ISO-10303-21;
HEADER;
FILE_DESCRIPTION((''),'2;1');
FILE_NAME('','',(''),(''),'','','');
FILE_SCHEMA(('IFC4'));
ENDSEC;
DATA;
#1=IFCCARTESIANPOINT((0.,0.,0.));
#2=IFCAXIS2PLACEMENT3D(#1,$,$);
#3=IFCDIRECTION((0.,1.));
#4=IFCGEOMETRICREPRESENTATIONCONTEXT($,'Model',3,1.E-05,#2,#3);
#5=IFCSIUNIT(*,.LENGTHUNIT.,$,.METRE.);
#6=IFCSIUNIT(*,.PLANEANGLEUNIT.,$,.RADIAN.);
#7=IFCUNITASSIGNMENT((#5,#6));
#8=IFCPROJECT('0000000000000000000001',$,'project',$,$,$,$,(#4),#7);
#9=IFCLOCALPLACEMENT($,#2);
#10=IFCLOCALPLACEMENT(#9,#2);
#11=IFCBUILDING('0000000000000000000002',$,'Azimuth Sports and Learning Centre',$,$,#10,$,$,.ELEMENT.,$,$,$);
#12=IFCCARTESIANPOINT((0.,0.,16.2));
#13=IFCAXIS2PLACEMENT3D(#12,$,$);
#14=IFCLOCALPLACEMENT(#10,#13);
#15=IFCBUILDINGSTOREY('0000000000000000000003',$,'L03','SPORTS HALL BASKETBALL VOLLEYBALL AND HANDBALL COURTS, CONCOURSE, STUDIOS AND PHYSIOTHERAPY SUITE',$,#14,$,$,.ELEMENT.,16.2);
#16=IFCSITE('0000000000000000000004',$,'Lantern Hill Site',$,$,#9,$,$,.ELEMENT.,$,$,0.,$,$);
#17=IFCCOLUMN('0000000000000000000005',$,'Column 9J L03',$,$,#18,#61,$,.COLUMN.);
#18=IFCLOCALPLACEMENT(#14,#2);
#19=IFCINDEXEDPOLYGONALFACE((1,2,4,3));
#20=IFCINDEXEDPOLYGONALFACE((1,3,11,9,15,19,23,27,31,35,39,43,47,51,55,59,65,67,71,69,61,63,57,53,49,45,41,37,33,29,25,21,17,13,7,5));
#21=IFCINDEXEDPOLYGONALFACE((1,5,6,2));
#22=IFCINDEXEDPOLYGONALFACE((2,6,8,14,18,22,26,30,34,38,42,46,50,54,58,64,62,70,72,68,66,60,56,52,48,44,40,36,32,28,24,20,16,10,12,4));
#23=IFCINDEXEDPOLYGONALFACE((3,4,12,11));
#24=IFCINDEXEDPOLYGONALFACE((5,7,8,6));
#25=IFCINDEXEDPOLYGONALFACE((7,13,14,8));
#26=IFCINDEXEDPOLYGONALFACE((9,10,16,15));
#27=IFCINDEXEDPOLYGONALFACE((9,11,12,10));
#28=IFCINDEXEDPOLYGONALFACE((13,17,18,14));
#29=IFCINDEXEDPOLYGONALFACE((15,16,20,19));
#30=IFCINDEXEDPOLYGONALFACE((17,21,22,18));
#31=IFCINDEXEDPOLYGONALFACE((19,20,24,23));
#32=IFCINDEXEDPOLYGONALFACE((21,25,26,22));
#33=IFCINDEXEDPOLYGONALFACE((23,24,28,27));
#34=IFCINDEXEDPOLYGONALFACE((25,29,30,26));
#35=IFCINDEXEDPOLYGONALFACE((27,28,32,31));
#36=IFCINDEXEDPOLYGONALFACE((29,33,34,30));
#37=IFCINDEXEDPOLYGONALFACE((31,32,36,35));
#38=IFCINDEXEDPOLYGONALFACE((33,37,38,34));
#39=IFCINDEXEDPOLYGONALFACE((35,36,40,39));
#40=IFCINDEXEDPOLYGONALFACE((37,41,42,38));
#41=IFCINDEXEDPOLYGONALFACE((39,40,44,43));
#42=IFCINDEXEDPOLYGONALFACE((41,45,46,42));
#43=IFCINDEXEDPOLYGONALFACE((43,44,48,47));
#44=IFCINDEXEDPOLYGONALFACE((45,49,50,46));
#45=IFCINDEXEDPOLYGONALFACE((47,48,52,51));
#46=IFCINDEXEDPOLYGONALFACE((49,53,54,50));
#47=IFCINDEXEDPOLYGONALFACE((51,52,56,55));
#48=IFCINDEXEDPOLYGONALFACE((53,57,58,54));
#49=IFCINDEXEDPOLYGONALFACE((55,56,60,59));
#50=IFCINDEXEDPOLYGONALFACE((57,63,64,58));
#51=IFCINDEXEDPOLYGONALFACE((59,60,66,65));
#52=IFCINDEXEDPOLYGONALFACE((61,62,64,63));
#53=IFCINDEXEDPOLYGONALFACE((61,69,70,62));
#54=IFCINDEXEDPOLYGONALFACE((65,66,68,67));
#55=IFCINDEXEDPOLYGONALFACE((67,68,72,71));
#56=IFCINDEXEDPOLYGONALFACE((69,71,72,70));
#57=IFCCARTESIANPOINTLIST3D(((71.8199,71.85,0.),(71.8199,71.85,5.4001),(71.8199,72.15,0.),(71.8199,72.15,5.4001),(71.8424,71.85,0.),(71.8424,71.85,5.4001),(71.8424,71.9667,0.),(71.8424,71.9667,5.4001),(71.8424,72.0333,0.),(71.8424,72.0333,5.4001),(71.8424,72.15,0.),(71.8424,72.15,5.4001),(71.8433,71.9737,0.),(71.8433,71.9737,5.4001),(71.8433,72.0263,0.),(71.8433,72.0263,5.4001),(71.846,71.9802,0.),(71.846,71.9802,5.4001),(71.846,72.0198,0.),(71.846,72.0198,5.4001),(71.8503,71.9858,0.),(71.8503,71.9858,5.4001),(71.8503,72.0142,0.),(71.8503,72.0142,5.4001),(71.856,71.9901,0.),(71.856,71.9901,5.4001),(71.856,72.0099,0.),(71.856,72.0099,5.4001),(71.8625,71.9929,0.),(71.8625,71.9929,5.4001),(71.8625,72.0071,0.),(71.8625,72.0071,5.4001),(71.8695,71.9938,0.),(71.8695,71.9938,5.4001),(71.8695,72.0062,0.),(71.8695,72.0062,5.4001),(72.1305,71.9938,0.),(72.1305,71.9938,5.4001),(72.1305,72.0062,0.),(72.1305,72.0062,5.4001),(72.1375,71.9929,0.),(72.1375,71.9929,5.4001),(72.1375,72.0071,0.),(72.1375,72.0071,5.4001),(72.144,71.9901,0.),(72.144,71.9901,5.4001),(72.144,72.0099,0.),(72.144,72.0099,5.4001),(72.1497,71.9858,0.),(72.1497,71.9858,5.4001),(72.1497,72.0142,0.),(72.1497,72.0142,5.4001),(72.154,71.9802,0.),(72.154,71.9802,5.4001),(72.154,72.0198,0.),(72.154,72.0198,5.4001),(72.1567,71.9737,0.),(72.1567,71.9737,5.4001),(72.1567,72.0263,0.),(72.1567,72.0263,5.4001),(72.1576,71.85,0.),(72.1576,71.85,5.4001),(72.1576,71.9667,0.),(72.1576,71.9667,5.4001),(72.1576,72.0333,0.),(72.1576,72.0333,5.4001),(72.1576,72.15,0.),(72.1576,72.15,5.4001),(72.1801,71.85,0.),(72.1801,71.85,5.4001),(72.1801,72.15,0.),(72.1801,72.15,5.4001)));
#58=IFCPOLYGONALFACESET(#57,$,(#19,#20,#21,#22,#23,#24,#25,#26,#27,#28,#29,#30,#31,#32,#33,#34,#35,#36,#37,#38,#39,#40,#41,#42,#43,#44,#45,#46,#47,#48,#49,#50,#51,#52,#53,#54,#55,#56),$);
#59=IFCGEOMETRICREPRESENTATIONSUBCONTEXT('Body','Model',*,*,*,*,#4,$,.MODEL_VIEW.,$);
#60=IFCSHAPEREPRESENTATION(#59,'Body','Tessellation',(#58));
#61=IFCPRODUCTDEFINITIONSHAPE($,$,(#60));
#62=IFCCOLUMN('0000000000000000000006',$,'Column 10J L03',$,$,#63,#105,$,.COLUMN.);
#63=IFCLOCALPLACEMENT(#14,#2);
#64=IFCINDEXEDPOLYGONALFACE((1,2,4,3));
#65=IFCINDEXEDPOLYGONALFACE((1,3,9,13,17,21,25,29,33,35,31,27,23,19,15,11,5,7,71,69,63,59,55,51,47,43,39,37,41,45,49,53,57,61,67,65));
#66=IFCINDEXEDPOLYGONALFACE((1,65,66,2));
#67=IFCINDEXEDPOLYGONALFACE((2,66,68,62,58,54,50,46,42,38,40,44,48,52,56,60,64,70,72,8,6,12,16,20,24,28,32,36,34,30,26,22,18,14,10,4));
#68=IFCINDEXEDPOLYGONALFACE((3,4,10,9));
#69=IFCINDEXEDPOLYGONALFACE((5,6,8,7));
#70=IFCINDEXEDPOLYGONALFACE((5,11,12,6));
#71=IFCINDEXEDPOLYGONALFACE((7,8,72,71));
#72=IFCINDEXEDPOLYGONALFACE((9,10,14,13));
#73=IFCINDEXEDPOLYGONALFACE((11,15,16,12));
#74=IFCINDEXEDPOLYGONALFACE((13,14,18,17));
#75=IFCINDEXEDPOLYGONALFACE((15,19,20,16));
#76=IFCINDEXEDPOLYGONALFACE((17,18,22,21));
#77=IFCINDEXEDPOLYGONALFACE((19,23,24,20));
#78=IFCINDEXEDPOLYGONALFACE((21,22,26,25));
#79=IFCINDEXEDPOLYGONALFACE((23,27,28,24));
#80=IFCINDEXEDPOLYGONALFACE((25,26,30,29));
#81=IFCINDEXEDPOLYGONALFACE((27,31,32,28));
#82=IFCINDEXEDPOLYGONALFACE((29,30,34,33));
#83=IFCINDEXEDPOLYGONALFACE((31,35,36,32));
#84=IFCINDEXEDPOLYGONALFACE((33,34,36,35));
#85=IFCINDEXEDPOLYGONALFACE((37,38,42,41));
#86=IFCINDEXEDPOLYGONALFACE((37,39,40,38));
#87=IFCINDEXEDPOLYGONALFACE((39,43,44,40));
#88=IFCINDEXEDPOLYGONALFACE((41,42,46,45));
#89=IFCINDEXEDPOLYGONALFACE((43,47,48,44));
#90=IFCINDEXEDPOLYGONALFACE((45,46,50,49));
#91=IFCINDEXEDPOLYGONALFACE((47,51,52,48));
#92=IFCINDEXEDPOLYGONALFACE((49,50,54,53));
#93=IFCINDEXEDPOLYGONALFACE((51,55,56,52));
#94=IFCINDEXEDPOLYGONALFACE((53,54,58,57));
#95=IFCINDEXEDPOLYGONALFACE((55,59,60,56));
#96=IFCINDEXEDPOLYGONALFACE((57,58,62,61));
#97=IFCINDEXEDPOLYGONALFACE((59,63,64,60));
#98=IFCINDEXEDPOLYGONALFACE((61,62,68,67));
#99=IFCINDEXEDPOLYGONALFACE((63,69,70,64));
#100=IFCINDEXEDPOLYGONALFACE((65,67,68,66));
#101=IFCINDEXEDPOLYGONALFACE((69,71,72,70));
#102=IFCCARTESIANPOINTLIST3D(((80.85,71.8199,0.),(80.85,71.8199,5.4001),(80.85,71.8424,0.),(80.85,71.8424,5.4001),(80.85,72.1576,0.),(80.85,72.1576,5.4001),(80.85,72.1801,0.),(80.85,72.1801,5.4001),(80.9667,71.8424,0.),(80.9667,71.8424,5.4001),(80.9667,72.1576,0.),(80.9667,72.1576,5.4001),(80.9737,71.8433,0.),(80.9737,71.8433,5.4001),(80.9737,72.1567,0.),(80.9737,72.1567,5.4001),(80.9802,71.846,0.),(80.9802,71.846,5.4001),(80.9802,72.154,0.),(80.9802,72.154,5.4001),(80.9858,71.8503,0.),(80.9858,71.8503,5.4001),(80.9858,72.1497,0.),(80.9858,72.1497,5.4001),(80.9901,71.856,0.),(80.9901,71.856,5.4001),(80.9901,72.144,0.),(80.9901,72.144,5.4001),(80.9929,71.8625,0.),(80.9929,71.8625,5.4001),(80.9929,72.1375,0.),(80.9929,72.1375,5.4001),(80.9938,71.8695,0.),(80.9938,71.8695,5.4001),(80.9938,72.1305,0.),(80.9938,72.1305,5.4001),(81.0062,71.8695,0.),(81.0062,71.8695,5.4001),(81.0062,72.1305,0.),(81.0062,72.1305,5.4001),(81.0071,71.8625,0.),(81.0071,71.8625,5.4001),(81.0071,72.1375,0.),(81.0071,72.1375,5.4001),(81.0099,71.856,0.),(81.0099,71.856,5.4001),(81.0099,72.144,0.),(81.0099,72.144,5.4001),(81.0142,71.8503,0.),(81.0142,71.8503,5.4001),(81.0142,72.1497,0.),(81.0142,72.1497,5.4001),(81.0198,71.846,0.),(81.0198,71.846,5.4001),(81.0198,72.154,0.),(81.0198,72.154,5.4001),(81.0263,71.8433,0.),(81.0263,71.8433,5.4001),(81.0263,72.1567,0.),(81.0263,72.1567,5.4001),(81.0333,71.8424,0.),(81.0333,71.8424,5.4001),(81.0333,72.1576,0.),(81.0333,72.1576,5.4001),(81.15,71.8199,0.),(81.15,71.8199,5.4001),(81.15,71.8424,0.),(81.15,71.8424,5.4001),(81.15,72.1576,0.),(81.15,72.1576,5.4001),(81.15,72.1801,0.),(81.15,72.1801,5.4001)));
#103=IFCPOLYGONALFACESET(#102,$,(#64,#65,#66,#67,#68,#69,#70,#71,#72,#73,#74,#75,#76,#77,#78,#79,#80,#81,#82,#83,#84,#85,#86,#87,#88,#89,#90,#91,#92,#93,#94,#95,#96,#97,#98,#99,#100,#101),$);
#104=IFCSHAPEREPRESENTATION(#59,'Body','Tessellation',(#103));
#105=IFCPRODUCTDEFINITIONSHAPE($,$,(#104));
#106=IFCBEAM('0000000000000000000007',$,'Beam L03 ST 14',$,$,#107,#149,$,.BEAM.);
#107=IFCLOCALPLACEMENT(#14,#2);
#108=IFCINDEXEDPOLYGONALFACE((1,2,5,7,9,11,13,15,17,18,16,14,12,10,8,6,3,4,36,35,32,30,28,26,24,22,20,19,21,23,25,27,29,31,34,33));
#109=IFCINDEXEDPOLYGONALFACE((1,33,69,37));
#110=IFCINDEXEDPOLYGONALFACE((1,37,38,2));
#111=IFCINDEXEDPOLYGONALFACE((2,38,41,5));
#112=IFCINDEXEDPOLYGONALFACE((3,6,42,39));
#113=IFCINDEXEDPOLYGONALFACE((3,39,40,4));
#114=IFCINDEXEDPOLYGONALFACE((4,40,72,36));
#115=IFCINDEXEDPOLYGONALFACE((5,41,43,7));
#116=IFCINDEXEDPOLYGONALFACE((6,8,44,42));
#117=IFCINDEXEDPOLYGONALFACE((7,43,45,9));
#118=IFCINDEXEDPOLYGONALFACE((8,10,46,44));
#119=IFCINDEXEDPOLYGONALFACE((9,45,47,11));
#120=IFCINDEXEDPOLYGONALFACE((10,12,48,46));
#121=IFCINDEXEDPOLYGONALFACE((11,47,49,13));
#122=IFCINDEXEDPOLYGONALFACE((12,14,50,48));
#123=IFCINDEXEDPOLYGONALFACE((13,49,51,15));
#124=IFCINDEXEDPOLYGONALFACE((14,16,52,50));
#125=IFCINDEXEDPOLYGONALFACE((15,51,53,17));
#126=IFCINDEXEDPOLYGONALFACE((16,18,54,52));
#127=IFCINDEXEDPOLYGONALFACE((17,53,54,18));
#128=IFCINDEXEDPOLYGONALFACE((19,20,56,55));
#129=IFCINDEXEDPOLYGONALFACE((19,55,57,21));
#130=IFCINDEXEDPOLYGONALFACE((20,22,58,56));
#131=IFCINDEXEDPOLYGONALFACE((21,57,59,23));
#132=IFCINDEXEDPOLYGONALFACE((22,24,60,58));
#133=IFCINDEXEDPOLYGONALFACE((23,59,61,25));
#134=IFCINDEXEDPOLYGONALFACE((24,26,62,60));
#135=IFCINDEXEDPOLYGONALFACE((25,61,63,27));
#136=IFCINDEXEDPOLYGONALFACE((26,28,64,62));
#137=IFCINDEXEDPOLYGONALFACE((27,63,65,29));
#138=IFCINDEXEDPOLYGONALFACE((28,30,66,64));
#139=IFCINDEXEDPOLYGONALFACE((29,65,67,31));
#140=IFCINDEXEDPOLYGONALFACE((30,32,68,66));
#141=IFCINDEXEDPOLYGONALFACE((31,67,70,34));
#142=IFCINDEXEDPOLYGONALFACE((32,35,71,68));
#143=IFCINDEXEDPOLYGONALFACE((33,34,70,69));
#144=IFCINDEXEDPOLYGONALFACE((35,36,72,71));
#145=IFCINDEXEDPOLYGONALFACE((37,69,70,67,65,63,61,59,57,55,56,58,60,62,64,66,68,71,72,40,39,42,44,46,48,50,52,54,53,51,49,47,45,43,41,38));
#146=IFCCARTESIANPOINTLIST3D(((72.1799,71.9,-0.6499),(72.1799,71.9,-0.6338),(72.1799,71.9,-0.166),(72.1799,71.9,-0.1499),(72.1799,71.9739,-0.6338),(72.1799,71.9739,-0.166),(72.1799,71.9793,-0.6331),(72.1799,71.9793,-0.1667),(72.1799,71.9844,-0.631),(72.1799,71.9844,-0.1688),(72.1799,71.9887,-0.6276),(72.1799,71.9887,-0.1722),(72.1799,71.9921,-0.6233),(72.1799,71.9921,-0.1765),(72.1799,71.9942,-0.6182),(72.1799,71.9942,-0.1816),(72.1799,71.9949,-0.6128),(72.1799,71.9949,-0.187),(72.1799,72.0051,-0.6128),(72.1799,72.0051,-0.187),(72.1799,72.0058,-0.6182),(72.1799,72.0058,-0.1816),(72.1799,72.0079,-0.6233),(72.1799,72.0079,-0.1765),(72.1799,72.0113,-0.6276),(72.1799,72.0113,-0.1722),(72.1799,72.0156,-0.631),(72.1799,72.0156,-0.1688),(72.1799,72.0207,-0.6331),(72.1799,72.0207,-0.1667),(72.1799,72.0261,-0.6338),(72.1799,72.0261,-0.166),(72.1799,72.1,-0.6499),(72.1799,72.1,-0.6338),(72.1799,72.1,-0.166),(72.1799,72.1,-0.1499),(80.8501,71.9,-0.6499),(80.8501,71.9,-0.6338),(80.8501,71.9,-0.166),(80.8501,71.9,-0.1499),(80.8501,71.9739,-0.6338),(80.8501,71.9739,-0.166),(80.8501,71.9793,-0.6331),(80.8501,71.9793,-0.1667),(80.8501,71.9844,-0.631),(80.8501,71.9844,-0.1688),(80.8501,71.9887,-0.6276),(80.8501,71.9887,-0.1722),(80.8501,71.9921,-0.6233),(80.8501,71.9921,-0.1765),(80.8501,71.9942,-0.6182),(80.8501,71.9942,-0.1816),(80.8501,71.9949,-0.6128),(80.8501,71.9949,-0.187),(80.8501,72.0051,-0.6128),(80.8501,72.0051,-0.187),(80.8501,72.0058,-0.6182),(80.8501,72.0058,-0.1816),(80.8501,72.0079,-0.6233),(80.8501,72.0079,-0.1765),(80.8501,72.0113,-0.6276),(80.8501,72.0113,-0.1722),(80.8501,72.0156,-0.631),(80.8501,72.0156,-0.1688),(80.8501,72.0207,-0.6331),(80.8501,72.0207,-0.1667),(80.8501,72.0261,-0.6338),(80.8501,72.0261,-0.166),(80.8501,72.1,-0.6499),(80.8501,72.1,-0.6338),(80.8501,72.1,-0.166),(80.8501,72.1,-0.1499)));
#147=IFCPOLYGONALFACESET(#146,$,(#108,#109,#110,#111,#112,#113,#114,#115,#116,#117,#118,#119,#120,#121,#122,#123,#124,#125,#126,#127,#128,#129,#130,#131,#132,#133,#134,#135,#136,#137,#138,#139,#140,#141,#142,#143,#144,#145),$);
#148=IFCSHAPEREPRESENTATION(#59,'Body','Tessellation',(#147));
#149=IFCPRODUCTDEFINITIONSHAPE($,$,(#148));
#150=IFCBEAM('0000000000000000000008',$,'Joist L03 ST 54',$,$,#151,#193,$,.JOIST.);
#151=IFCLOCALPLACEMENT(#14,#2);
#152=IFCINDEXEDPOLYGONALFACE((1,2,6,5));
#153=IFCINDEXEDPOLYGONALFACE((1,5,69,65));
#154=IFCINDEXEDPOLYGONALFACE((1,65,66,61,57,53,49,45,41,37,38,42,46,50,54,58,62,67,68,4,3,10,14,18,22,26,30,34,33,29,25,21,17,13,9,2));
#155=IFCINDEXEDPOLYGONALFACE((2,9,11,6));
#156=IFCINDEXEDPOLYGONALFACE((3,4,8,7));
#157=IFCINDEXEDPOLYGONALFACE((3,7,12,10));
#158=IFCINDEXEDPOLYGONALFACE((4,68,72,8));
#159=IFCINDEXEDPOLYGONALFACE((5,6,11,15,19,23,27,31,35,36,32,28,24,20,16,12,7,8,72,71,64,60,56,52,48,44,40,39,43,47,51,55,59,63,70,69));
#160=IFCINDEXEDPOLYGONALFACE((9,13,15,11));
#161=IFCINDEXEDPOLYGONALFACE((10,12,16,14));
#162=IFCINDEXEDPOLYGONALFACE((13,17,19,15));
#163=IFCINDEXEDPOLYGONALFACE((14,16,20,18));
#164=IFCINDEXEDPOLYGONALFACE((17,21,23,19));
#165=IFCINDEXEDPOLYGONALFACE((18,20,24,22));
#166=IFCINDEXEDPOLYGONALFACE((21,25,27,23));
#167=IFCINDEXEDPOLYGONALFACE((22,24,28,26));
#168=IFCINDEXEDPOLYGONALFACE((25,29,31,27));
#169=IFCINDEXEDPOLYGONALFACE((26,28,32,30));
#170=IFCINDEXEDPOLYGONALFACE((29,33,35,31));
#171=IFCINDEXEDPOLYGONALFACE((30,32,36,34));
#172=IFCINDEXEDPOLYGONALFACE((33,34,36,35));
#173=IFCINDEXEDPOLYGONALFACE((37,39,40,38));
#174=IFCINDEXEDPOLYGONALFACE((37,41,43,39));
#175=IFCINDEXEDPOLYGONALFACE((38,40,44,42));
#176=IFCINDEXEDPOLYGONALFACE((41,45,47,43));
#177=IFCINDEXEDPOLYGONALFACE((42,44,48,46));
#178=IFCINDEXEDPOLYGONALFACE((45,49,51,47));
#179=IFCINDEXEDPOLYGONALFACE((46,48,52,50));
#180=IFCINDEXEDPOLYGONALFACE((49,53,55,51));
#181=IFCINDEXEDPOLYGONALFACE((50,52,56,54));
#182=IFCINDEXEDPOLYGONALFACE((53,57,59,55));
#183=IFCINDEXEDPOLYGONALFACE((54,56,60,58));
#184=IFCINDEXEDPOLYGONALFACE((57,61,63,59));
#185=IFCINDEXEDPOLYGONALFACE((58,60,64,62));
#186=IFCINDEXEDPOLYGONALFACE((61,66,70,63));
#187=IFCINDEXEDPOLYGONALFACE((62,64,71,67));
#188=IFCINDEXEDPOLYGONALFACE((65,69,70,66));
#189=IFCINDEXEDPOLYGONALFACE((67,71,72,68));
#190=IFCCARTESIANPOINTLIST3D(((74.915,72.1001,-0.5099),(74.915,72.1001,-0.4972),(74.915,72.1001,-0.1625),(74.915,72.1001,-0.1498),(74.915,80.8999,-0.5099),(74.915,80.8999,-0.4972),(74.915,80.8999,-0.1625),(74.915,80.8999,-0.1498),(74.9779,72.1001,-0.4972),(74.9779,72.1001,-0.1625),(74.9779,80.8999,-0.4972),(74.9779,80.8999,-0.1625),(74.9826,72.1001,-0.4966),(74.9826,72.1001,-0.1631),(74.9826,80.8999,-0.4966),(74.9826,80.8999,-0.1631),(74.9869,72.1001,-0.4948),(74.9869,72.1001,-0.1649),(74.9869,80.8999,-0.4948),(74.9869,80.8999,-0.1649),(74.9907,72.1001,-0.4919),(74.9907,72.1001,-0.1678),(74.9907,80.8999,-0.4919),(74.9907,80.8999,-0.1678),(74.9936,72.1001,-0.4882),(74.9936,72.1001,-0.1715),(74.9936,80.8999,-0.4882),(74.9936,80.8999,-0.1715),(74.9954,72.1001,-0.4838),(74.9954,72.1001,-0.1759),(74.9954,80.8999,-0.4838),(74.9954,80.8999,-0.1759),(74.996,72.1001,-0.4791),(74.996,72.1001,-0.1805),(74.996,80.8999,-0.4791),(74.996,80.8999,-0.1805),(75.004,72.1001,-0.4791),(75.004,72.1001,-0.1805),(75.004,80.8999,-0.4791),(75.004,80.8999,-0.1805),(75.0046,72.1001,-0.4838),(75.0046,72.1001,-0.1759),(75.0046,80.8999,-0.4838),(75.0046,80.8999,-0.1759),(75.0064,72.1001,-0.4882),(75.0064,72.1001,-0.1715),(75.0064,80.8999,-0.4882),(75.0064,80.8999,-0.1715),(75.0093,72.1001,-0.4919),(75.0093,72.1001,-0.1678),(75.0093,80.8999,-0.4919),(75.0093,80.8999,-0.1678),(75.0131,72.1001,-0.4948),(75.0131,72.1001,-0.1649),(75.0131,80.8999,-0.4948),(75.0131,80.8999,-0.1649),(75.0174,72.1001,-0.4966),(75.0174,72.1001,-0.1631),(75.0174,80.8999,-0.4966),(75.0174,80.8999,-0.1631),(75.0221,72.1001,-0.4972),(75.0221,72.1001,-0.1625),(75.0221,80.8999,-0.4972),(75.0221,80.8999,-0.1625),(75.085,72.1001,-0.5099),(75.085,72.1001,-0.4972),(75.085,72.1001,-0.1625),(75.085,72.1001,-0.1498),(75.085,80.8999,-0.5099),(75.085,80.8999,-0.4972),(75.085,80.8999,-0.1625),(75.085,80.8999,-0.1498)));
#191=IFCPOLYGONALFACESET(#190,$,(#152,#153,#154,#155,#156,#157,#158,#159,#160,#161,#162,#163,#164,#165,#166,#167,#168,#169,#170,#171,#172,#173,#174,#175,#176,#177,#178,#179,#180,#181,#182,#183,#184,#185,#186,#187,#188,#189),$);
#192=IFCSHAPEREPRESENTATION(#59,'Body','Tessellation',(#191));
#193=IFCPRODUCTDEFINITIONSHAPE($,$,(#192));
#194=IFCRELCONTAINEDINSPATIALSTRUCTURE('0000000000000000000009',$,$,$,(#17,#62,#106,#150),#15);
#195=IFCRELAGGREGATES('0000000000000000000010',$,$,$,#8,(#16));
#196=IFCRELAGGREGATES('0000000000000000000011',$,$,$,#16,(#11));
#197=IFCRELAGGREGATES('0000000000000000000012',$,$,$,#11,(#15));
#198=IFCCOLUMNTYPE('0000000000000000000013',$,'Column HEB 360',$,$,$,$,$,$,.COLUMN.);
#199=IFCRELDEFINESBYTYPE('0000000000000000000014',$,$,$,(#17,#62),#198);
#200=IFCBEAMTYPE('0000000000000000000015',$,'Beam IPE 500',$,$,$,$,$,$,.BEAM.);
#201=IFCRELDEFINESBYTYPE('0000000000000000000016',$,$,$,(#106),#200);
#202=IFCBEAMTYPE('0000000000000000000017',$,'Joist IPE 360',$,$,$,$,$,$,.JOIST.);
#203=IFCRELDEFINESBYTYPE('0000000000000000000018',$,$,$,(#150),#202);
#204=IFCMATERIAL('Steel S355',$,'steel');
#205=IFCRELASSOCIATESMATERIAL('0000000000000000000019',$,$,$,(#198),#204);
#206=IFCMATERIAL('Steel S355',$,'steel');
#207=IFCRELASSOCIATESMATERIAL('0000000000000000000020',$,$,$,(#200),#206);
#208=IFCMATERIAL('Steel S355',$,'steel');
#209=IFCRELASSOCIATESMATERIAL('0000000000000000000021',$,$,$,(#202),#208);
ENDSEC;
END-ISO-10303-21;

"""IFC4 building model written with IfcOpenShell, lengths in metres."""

from ifc_helpers import new_model, si_unit, direction, frame, origin, origin_2d, place, context, subcontext, project, spatial, i_section, extrude, material, material_profile, profile_set, type_object, element, save


model = new_model("IFC4")

# Units and contexts
model_context = context("Model", 3, precision=1e-05, world=origin(), true_north=direction((0.0, 1.0)))
body_context = subcontext(model_context, "Body", "Model", "MODEL_VIEW")
ifc_project = project(units=[si_unit("LENGTHUNIT", "METRE"), si_unit("PLANEANGLEUNIT", "RADIAN")], contexts=[model_context])

# Site, building, storey
site_placement = place(None, origin())
site = spatial("IfcSite", under=ifc_project, at=site_placement, Name="Lantern Hill Site", CompositionType="ELEMENT", RefElevation=0.0)
building_placement = place(site_placement, origin())
building = spatial("IfcBuilding", under=site, at=building_placement, Name="Azimuth Sports and Learning Centre", CompositionType="ELEMENT")
storey_placement = place(building_placement, frame((0.0, 0.0, 16.2)))
storey = spatial("IfcBuildingStorey", under=building, at=storey_placement, Name="L03", Description="SPORTS HALL BASKETBALL VOLLEYBALL AND HANDBALL COURTS, CONCOURSE, STUDIOS AND PHYSIOTHERAPY SUITE", CompositionType="ELEMENT", Elevation=16.2)

# Columns
ifc_material_1 = material(Name="Steel S355", Category="steel")
ifc_material_profile_1 = material_profile(ifc_material_1, i_section(OverallWidth=0.3, OverallDepth=0.3601, WebThickness=0.0125, FlangeThickness=0.0225, FilletRadius=0.0271, at=origin_2d()), Name="HEB 360")
ifc_profile_set_1 = profile_set([ifc_material_profile_1], Name="Steel S355")
column_type = type_object("IfcColumnType", Name="Column HEB 360", PredefinedType="COLUMN", material=ifc_profile_set_1)
for number, where, z_axis, x_axis, name in (
    (1, (72.0, 72.0, 0.0), (0.0, 0.0, 1.0), (0.0, 1.0, 0.0), "Column 9J L03"),
    (2, (81.0, 72.0, 0.0), (0.0, 0.0, 1.0), (1.0, 0.0, 0.0), "Column 10J L03"),
):
    element("IfcColumn", number, at=place(storey_placement, frame(where, z_axis=z_axis, x_axis=x_axis)), inside=storey, type_object=column_type, Name=name, PredefinedType="COLUMN", context=body_context, shape_type="SweptSolid", body=[
        extrude(i_section(OverallWidth=0.3, OverallDepth=0.3601, WebThickness=0.0125, FlangeThickness=0.0225, FilletRadius=0.0271, at=origin_2d()), origin(), (0.0, 0.0, 1.0), 5.4001),
    ])

# Beams
ifc_material_2 = material(Name="Steel S355", Category="steel")
ifc_material_profile_2 = material_profile(ifc_material_2, i_section(OverallWidth=0.2, OverallDepth=0.5, WebThickness=0.0103, FlangeThickness=0.0161, FilletRadius=0.021, at=origin_2d()), Name="IPE 500")
ifc_profile_set_2 = profile_set([ifc_material_profile_2], Name="Steel S355")
beam_type_1 = type_object("IfcBeamType", Name="Beam IPE 500", PredefinedType="BEAM", material=ifc_profile_set_2)
beam_placement = place(storey_placement, frame((72.1799, 72.0, -0.3999), z_axis=(1.0, 0.0, 0.0), x_axis=(0.0, 1.0, 0.0)))
element("IfcBeam", 3, at=beam_placement, inside=storey, type_object=beam_type_1, Name="Beam L03 ST 14", PredefinedType="BEAM", context=body_context, shape_type="SweptSolid", body=[
    extrude(i_section(OverallWidth=0.2, OverallDepth=0.5, WebThickness=0.0103, FlangeThickness=0.0161, FilletRadius=0.021, at=origin_2d()), origin(), (0.0, 0.0, 1.0), 8.6702),
])
ifc_material_3 = material(Name="Steel S355", Category="steel")
ifc_material_profile_3 = material_profile(ifc_material_3, i_section(OverallWidth=0.1699, OverallDepth=0.3601, WebThickness=0.0081, FlangeThickness=0.0127, FilletRadius=0.0181, at=origin_2d()), Name="IPE 360")
ifc_profile_set_3 = profile_set([ifc_material_profile_3], Name="Steel S355")
beam_type_2 = type_object("IfcBeamType", Name="Joist IPE 360", PredefinedType="JOIST", material=ifc_profile_set_3)
for number, where, z_axis, x_axis, name in (
    (4, (75.0, 72.1001, -0.3298), (0.0, 1.0, 0.0), (-1.0, 0.0, 0.0), "Joist L03 ST 54"),
):
    element("IfcBeam", number, at=place(storey_placement, frame(where, z_axis=z_axis, x_axis=x_axis)), inside=storey, type_object=beam_type_2, Name=name, PredefinedType="JOIST", context=body_context, shape_type="SweptSolid", body=[
        extrude(i_section(OverallWidth=0.1699, OverallDepth=0.3601, WebThickness=0.0081, FlangeThickness=0.0127, FilletRadius=0.0181, at=origin_2d()), origin(), (0.0, 0.0, 1.0), 8.7998),
    ])

save(model, "model.ifc")
